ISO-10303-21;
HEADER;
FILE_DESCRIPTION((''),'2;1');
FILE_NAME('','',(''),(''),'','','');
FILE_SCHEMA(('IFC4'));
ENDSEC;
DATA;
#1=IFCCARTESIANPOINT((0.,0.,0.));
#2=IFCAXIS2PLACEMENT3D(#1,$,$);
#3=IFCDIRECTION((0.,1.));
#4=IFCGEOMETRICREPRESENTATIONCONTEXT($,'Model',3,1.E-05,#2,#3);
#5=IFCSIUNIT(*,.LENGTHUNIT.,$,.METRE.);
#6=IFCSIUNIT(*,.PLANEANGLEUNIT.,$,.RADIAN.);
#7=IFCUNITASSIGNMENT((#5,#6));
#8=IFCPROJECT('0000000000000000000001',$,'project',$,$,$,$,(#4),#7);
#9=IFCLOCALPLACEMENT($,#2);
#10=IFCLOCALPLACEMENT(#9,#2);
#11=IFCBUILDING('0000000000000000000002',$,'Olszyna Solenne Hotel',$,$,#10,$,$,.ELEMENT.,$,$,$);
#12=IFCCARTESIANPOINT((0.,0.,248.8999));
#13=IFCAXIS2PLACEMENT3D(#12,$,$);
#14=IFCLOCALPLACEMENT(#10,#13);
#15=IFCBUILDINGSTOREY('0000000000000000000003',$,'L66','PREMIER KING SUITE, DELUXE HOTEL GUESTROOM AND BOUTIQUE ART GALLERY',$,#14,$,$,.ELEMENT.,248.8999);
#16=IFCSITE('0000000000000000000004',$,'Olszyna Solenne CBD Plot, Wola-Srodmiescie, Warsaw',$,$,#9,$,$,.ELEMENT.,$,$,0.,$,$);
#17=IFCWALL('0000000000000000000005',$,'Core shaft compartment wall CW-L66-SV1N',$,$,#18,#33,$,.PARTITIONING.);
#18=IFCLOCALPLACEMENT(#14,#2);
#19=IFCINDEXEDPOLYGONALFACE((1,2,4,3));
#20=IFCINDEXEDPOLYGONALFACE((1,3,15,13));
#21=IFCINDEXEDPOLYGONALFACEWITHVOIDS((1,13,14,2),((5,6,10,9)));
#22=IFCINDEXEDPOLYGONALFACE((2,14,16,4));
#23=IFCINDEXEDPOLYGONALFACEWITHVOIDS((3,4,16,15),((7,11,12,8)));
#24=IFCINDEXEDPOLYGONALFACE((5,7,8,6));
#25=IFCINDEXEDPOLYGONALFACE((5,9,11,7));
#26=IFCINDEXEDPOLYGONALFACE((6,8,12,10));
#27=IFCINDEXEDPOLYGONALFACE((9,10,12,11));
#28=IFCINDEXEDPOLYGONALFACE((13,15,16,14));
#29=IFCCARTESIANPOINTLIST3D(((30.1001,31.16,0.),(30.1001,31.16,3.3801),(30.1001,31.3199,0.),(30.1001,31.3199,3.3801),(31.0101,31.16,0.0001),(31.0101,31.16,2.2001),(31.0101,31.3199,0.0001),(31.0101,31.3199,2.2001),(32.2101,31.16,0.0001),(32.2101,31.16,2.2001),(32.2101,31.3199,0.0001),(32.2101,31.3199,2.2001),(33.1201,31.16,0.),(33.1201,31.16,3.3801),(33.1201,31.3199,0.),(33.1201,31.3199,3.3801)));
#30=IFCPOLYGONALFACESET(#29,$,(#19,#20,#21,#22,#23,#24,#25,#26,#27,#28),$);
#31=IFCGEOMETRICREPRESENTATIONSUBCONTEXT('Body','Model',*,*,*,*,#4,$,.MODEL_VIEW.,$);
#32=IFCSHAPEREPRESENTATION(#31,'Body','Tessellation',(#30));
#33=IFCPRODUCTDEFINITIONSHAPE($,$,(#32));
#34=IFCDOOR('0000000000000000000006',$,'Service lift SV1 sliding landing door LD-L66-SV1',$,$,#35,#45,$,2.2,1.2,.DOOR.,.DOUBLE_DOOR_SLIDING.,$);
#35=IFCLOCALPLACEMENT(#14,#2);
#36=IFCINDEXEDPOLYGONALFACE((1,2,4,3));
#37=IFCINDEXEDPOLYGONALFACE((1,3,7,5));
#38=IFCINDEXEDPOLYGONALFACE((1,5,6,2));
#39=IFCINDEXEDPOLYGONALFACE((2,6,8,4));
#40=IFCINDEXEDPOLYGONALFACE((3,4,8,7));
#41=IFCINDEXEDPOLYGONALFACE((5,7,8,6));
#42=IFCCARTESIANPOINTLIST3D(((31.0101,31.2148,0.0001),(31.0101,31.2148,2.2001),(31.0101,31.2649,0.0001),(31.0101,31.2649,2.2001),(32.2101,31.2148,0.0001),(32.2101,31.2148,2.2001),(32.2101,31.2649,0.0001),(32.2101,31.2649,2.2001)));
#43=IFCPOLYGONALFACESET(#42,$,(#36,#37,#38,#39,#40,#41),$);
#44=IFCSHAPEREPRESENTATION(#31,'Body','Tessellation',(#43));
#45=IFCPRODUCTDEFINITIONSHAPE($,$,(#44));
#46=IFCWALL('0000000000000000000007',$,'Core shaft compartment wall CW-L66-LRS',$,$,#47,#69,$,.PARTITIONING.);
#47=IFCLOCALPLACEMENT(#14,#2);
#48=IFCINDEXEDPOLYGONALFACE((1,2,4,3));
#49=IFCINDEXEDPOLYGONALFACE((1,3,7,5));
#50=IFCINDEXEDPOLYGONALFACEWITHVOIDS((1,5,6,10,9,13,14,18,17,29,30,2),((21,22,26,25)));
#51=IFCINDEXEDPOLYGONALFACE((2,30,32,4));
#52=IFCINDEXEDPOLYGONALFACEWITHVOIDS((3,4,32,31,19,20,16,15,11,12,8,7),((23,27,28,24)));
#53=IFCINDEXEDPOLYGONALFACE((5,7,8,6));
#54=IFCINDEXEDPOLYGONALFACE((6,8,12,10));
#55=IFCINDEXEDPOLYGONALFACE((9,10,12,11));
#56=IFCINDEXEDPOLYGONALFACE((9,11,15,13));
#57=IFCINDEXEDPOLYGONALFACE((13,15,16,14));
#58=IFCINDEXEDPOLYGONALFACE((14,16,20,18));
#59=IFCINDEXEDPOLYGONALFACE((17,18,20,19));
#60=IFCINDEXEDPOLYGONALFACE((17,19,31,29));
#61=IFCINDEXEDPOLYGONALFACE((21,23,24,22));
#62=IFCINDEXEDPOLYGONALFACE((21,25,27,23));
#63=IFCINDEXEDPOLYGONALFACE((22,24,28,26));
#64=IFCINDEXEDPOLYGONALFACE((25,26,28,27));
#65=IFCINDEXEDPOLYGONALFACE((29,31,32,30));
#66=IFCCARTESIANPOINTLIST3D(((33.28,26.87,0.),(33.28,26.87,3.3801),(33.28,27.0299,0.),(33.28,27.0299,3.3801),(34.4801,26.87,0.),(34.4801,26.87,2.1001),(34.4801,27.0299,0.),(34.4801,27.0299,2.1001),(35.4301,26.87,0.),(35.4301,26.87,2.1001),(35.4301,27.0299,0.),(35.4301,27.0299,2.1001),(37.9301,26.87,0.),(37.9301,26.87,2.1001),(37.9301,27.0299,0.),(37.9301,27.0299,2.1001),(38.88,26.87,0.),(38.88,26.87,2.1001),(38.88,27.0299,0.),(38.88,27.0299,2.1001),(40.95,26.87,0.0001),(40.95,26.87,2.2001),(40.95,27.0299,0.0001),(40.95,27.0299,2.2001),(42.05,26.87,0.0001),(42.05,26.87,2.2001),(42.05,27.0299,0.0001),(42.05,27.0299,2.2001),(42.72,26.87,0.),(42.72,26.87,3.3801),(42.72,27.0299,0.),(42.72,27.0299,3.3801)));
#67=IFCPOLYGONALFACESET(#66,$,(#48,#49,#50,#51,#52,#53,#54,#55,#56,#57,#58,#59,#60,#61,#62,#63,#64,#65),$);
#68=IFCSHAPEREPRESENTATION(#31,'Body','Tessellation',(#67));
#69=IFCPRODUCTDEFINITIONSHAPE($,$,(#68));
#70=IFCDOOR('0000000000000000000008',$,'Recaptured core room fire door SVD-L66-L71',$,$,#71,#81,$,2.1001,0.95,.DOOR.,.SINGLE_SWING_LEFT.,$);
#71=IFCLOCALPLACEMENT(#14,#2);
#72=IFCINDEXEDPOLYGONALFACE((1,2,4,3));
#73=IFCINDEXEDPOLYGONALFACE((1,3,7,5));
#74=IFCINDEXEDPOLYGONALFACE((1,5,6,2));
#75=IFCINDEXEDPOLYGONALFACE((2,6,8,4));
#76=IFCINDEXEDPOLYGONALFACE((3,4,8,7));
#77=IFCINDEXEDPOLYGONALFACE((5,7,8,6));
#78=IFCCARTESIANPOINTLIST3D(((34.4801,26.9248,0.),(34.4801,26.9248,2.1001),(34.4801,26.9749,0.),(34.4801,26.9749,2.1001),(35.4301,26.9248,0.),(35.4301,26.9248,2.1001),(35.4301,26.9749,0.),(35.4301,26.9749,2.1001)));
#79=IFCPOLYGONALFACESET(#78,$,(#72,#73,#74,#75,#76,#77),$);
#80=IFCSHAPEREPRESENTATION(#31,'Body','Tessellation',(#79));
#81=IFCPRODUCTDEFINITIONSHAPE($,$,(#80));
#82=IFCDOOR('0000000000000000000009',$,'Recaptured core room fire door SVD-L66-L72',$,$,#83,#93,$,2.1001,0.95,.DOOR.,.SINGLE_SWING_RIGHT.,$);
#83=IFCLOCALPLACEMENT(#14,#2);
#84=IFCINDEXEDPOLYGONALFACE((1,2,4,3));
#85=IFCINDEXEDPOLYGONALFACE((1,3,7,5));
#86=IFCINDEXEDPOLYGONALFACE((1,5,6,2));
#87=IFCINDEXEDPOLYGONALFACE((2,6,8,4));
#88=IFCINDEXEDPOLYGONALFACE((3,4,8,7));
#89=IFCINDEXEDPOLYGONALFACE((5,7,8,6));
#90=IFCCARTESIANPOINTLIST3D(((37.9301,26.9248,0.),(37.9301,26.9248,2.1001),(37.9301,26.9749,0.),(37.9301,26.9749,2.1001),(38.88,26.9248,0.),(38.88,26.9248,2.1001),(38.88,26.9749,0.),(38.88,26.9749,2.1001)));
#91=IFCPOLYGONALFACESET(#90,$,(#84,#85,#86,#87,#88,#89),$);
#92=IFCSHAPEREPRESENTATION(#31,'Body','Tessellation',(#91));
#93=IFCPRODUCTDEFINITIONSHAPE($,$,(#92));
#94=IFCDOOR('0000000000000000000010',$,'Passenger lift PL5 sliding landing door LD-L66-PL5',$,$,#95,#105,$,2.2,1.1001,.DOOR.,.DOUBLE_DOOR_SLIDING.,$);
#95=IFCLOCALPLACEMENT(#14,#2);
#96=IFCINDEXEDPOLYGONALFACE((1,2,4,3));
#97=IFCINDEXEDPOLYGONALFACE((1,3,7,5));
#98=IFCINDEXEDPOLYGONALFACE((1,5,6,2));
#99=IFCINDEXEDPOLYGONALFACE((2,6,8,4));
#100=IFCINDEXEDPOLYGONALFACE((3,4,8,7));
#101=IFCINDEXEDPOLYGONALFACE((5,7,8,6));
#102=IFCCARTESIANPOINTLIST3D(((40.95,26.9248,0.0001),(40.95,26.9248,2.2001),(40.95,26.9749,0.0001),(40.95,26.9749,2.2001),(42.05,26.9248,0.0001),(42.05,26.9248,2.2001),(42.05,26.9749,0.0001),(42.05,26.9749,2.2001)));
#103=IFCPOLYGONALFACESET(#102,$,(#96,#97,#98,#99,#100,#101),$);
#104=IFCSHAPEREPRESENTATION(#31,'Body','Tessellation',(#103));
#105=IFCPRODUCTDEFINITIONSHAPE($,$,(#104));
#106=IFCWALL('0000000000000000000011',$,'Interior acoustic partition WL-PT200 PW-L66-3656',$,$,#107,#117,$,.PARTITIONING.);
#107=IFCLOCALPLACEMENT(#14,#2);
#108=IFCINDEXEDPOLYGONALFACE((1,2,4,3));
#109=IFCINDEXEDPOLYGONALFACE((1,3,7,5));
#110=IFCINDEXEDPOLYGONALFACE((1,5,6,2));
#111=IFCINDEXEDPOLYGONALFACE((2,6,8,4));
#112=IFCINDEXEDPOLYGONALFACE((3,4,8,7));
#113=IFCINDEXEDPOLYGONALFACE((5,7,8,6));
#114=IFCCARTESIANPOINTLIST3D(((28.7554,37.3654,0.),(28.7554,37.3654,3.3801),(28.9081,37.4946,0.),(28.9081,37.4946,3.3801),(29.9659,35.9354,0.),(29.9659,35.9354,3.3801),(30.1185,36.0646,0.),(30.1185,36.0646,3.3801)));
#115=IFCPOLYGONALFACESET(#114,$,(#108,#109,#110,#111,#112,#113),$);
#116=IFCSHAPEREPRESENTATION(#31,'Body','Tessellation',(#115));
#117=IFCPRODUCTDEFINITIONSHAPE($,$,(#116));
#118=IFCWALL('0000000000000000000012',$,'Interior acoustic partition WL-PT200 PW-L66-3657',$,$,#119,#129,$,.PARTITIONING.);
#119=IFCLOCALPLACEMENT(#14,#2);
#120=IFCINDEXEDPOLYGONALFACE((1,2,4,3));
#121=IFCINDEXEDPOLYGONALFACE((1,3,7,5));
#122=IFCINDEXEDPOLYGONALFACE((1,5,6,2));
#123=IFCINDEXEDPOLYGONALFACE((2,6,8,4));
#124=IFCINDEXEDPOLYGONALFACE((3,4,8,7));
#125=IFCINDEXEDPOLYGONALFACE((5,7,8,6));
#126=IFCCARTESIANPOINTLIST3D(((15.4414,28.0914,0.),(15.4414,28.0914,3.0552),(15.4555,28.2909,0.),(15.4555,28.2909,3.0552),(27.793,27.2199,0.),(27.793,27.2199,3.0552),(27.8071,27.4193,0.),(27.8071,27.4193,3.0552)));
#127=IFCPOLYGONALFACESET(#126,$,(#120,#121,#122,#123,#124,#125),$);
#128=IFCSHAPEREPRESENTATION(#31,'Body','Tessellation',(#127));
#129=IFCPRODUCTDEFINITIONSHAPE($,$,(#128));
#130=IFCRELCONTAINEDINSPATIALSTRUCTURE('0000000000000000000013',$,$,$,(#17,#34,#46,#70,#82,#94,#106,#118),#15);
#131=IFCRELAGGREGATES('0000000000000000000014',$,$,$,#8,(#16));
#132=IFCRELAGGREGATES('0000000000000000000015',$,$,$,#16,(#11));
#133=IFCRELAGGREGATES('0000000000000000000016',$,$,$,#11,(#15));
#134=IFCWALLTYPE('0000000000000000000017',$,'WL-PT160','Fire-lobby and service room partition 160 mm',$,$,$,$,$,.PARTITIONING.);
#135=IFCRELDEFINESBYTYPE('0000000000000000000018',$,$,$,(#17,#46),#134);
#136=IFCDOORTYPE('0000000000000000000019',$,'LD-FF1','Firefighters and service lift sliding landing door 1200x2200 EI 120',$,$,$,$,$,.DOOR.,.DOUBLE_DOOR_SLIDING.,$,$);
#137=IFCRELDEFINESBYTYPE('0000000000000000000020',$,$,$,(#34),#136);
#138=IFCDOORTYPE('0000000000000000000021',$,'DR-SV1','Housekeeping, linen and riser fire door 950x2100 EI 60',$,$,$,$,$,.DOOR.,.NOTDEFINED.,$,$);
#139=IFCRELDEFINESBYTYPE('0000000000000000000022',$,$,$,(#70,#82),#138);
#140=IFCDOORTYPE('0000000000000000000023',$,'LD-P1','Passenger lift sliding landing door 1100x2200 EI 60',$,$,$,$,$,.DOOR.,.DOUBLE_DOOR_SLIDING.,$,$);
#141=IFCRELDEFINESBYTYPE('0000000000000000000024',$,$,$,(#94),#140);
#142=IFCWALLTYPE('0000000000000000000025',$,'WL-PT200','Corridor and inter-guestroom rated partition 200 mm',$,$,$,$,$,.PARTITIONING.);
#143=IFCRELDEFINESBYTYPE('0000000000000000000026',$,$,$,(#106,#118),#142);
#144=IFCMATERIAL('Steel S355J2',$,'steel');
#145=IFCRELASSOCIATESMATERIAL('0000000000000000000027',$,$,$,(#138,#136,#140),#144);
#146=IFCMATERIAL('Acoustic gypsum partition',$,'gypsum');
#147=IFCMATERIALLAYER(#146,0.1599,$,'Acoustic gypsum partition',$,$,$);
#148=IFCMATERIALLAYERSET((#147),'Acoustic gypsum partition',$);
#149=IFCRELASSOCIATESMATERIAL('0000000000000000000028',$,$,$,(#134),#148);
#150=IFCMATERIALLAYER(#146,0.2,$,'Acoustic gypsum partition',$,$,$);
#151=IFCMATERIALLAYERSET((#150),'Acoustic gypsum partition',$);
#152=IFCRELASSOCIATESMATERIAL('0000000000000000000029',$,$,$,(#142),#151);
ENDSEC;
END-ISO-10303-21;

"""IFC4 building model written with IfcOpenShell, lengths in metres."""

from ifc_helpers import new_model, si_unit, direction, frame, frame_2d, origin, place, context, subcontext, project, spatial, rectangle, extrude, source, transform, mapped, material, layer, layer_set, type_object, type_shapes, element, fill, save


model = new_model("IFC4")

# Units and contexts
model_context = context("Model", 3, precision=1e-05, world=origin(), true_north=direction((0.0, 1.0)))
body_context = subcontext(model_context, "Body", "Model", "MODEL_VIEW")
ifc_project = project(units=[si_unit("LENGTHUNIT", "METRE"), si_unit("PLANEANGLEUNIT", "RADIAN")], contexts=[model_context])

# Site, building, storey
site_placement = place(None, origin())
site = spatial("IfcSite", under=ifc_project, at=site_placement, Name="Olszyna Solenne CBD Plot, Wola-Srodmiescie, Warsaw", CompositionType="ELEMENT", RefElevation=0.0)
building_placement = place(site_placement, origin())
building = spatial("IfcBuilding", under=site, at=building_placement, Name="Olszyna Solenne Hotel", CompositionType="ELEMENT")
storey_placement = place(building_placement, frame((0.0, 0.0, 248.8999)))
storey = spatial("IfcBuildingStorey", under=building, at=storey_placement, Name="L66", Description="PREMIER KING SUITE, DELUXE HOTEL GUESTROOM AND BOUTIQUE ART GALLERY", CompositionType="ELEMENT", Elevation=248.8999)

# Shared definitions
ifc_material_1 = material(Name="Steel S355J2", Category="steel")

# Shared definitions
door_type_1 = type_object("IfcDoorType", Name="DR-SV1", Description="Housekeeping, linen and riser fire door 950x2100 EI 60", OperationType="NOTDEFINED", PredefinedType="DOOR", material=ifc_material_1)
shared_shape_1 = source(origin(), body_context, "Body", "SweptSolid", [
    extrude(rectangle(XDim=0.95, YDim=2.1001, at=frame_2d((0.4751, 1.05))), frame((0.0, 0.0249, 0.0), z_axis=(0.0, -1.0, 0.0), x_axis=(1.0, 0.0, 0.0)), (0.0, 0.0, 1.0), 0.05),
])
type_shapes(door_type_1, [shared_shape_1])

# Shared definitions
ifc_material_2 = material(Name="Acoustic gypsum partition", Category="gypsum")
ifc_layer_1 = layer(ifc_material_2, 0.1599, Name="Acoustic gypsum partition")
ifc_layer_set_1 = layer_set([ifc_layer_1], Name="Acoustic gypsum partition")
wall_type_1 = type_object("IfcWallType", Name="WL-PT160", Description="Fire-lobby and service room partition 160 mm", PredefinedType="PARTITIONING", material=ifc_layer_set_1)

# Wall, opening, door
wall_1_placement = place(storey_placement, frame((30.1001, 31.24, 0.0), z_axis=(0.0, 0.0, 1.0), x_axis=(1.0, 0.0, 0.0)))
wall_1 = element("IfcWall", 1, at=wall_1_placement, inside=storey, type_object=wall_type_1, Name="Core shaft compartment wall CW-L66-SV1N", PredefinedType="PARTITIONING", context=body_context, shape_type="SweptSolid", body=[
    extrude(rectangle(XDim=3.02, YDim=0.1599, at=frame_2d((1.51, 0.0))), origin(), (0.0, 0.0, 1.0), 3.3801),
])
opening_1_placement = place(wall_1_placement, frame((0.9099, 0.0, 0.0)))
opening_1 = element("IfcOpeningElement", 2, at=opening_1_placement, cuts=wall_1, PredefinedType="OPENING", context=body_context, shape_type="SweptSolid", body=[
    extrude(rectangle(XDim=1.2, YDim=2.2, at=frame_2d((0.6001, 1.1001))), frame((0.0, 0.0898, 0.0), z_axis=(0.0, -1.0, 0.0), x_axis=(1.0, 0.0, 0.0)), (0.0, 0.0, 1.0), 0.1799),
])
door_type_2 = type_object("IfcDoorType", Name="LD-FF1", Description="Firefighters and service lift sliding landing door 1200x2200 EI 120", OperationType="DOUBLE_DOOR_SLIDING", PredefinedType="DOOR", material=ifc_material_1)
shared_shape_2 = source(origin(), body_context, "Body", "SweptSolid", [
    extrude(rectangle(XDim=1.2, YDim=2.2, at=frame_2d((0.6001, 1.1001))), frame((0.0, 0.0249, 0.0), z_axis=(0.0, -1.0, 0.0), x_axis=(1.0, 0.0, 0.0)), (0.0, 0.0, 1.0), 0.05),
])
type_shapes(door_type_2, [shared_shape_2])
door_1_placement = place(opening_1_placement, origin())
door_1 = element("IfcDoor", 3, at=door_1_placement, inside=storey, type_object=door_type_2, Name="Service lift SV1 sliding landing door LD-L66-SV1", OperationType="DOUBLE_DOOR_SLIDING", OverallHeight=2.2, OverallWidth=1.2, PredefinedType="DOOR", context=body_context, shape_type="MappedRepresentation", body=[
    mapped(shared_shape_2, transform((0.0, 0.0, 0.0), x_axis=(1.0, 0.0, 0.0), y_axis=(0.0, 1.0, 0.0), z_axis=(0.0, 0.0, 1.0), scale=1.0)),
])
fill(opening_1, door_1)

# Wall, openings, doors
wall_2_placement = place(storey_placement, frame((33.28, 26.95, 0.0), z_axis=(0.0, 0.0, 1.0), x_axis=(1.0, 0.0, 0.0)))
wall_2 = element("IfcWall", 4, at=wall_2_placement, inside=storey, type_object=wall_type_1, Name="Core shaft compartment wall CW-L66-LRS", PredefinedType="PARTITIONING", context=body_context, shape_type="SweptSolid", body=[
    extrude(rectangle(XDim=9.4399, YDim=0.1599, at=frame_2d((4.72, 0.0))), origin(), (0.0, 0.0, 1.0), 3.3801),
])
opening_2_placement = place(wall_2_placement, frame((1.2, 0.0, 0.0)))
opening_2 = element("IfcOpeningElement", 5, at=opening_2_placement, cuts=wall_2, PredefinedType="OPENING", context=body_context, shape_type="SweptSolid", body=[
    extrude(rectangle(XDim=0.95, YDim=2.1001, at=frame_2d((0.4751, 1.05))), frame((0.0, 0.0898, 0.0), z_axis=(0.0, -1.0, 0.0), x_axis=(1.0, 0.0, 0.0)), (0.0, 0.0, 1.0), 0.1799),
])
opening_3_placement = place(wall_2_placement, frame((4.6499, 0.0, 0.0)))
opening_3 = element("IfcOpeningElement", 6, at=opening_3_placement, cuts=wall_2, PredefinedType="OPENING", context=body_context, shape_type="SweptSolid", body=[
    extrude(rectangle(XDim=0.95, YDim=2.1001, at=frame_2d((0.4751, 1.05))), frame((0.0, 0.0898, 0.0), z_axis=(0.0, -1.0, 0.0), x_axis=(1.0, 0.0, 0.0)), (0.0, 0.0, 1.0), 0.1799),
])
opening_4_placement = place(wall_2_placement, frame((7.6699, 0.0, 0.0)))
opening_4 = element("IfcOpeningElement", 7, at=opening_4_placement, cuts=wall_2, PredefinedType="OPENING", context=body_context, shape_type="SweptSolid", body=[
    extrude(rectangle(XDim=1.1001, YDim=2.2, at=frame_2d((0.55, 1.1001))), frame((0.0, 0.0898, 0.0), z_axis=(0.0, -1.0, 0.0), x_axis=(1.0, 0.0, 0.0)), (0.0, 0.0, 1.0), 0.1799),
])
door_2_placement = place(opening_2_placement, origin())
door_2 = element("IfcDoor", 8, at=door_2_placement, inside=storey, type_object=door_type_1, Name="Recaptured core room fire door SVD-L66-L71", OperationType="SINGLE_SWING_LEFT", OverallHeight=2.1001, OverallWidth=0.95, PredefinedType="DOOR", context=body_context, shape_type="MappedRepresentation", body=[
    mapped(shared_shape_1, transform((0.0, 0.0, 0.0), x_axis=(1.0, 0.0, 0.0), y_axis=(0.0, 1.0, 0.0), z_axis=(0.0, 0.0, 1.0), scale=1.0)),
])
fill(opening_2, door_2)
door_3_placement = place(opening_3_placement, origin())
door_3 = element("IfcDoor", 9, at=door_3_placement, inside=storey, type_object=door_type_1, Name="Recaptured core room fire door SVD-L66-L72", OperationType="SINGLE_SWING_RIGHT", OverallHeight=2.1001, OverallWidth=0.95, PredefinedType="DOOR", context=body_context, shape_type="MappedRepresentation", body=[
    mapped(shared_shape_1, transform((0.0, 0.0, 0.0), x_axis=(1.0, 0.0, 0.0), y_axis=(0.0, 1.0, 0.0), z_axis=(0.0, 0.0, 1.0), scale=1.0)),
])
fill(opening_3, door_3)
door_type_3 = type_object("IfcDoorType", Name="LD-P1", Description="Passenger lift sliding landing door 1100x2200 EI 60", OperationType="DOUBLE_DOOR_SLIDING", PredefinedType="DOOR", material=ifc_material_1)
shared_shape_3 = source(origin(), body_context, "Body", "SweptSolid", [
    extrude(rectangle(XDim=1.1001, YDim=2.2, at=frame_2d((0.55, 1.1001))), frame((0.0, 0.0249, 0.0), z_axis=(0.0, -1.0, 0.0), x_axis=(1.0, 0.0, 0.0)), (0.0, 0.0, 1.0), 0.05),
])
type_shapes(door_type_3, [shared_shape_3])
door_4_placement = place(opening_4_placement, origin())
door_4 = element("IfcDoor", 10, at=door_4_placement, inside=storey, type_object=door_type_3, Name="Passenger lift PL5 sliding landing door LD-L66-PL5", OperationType="DOUBLE_DOOR_SLIDING", OverallHeight=2.2, OverallWidth=1.1001, PredefinedType="DOOR", context=body_context, shape_type="MappedRepresentation", body=[
    mapped(shared_shape_3, transform((0.0, 0.0, 0.0), x_axis=(1.0, 0.0, 0.0), y_axis=(0.0, 1.0, 0.0), z_axis=(0.0, 0.0, 1.0), scale=1.0)),
])
fill(opening_4, door_4)

# Walls
ifc_layer_2 = layer(ifc_material_2, 0.2, Name="Acoustic gypsum partition")
ifc_layer_set_2 = layer_set([ifc_layer_2], Name="Acoustic gypsum partition")
wall_type_2 = type_object("IfcWallType", Name="WL-PT200", Description="Corridor and inter-guestroom rated partition 200 mm", PredefinedType="PARTITIONING", material=ifc_layer_set_2)
wall_3_placement = place(storey_placement, frame((30.0422, 36.0, 0.0), z_axis=(0.0, 0.0, 1.0), x_axis=(-0.6461, 0.763253, 0.0)))
element("IfcWall", 11, at=wall_3_placement, inside=storey, type_object=wall_type_2, Name="Interior acoustic partition WL-PT200 PW-L66-3656", PredefinedType="PARTITIONING", context=body_context, shape_type="SweptSolid", body=[
    extrude(rectangle(XDim=1.8735, YDim=0.2, at=frame_2d((0.9368, 0.0))), origin(), (0.0, 0.0, 1.0), 3.3801),
])
wall_4_placement = place(storey_placement, frame((27.8, 27.3196, 0.0), z_axis=(0.0, 0.0, 1.0), x_axis=(-0.99752, 0.070389, 0.0)))
element("IfcWall", 12, at=wall_4_placement, inside=storey, type_object=wall_type_2, Name="Interior acoustic partition WL-PT200 PW-L66-3657", PredefinedType="PARTITIONING", context=body_context, shape_type="SweptSolid", body=[
    extrude(rectangle(XDim=12.3823, YDim=0.2, at=frame_2d((6.1912, 0.0))), origin(), (0.0, 0.0, 1.0), 3.0552),
])

save(model, "model.ifc")
